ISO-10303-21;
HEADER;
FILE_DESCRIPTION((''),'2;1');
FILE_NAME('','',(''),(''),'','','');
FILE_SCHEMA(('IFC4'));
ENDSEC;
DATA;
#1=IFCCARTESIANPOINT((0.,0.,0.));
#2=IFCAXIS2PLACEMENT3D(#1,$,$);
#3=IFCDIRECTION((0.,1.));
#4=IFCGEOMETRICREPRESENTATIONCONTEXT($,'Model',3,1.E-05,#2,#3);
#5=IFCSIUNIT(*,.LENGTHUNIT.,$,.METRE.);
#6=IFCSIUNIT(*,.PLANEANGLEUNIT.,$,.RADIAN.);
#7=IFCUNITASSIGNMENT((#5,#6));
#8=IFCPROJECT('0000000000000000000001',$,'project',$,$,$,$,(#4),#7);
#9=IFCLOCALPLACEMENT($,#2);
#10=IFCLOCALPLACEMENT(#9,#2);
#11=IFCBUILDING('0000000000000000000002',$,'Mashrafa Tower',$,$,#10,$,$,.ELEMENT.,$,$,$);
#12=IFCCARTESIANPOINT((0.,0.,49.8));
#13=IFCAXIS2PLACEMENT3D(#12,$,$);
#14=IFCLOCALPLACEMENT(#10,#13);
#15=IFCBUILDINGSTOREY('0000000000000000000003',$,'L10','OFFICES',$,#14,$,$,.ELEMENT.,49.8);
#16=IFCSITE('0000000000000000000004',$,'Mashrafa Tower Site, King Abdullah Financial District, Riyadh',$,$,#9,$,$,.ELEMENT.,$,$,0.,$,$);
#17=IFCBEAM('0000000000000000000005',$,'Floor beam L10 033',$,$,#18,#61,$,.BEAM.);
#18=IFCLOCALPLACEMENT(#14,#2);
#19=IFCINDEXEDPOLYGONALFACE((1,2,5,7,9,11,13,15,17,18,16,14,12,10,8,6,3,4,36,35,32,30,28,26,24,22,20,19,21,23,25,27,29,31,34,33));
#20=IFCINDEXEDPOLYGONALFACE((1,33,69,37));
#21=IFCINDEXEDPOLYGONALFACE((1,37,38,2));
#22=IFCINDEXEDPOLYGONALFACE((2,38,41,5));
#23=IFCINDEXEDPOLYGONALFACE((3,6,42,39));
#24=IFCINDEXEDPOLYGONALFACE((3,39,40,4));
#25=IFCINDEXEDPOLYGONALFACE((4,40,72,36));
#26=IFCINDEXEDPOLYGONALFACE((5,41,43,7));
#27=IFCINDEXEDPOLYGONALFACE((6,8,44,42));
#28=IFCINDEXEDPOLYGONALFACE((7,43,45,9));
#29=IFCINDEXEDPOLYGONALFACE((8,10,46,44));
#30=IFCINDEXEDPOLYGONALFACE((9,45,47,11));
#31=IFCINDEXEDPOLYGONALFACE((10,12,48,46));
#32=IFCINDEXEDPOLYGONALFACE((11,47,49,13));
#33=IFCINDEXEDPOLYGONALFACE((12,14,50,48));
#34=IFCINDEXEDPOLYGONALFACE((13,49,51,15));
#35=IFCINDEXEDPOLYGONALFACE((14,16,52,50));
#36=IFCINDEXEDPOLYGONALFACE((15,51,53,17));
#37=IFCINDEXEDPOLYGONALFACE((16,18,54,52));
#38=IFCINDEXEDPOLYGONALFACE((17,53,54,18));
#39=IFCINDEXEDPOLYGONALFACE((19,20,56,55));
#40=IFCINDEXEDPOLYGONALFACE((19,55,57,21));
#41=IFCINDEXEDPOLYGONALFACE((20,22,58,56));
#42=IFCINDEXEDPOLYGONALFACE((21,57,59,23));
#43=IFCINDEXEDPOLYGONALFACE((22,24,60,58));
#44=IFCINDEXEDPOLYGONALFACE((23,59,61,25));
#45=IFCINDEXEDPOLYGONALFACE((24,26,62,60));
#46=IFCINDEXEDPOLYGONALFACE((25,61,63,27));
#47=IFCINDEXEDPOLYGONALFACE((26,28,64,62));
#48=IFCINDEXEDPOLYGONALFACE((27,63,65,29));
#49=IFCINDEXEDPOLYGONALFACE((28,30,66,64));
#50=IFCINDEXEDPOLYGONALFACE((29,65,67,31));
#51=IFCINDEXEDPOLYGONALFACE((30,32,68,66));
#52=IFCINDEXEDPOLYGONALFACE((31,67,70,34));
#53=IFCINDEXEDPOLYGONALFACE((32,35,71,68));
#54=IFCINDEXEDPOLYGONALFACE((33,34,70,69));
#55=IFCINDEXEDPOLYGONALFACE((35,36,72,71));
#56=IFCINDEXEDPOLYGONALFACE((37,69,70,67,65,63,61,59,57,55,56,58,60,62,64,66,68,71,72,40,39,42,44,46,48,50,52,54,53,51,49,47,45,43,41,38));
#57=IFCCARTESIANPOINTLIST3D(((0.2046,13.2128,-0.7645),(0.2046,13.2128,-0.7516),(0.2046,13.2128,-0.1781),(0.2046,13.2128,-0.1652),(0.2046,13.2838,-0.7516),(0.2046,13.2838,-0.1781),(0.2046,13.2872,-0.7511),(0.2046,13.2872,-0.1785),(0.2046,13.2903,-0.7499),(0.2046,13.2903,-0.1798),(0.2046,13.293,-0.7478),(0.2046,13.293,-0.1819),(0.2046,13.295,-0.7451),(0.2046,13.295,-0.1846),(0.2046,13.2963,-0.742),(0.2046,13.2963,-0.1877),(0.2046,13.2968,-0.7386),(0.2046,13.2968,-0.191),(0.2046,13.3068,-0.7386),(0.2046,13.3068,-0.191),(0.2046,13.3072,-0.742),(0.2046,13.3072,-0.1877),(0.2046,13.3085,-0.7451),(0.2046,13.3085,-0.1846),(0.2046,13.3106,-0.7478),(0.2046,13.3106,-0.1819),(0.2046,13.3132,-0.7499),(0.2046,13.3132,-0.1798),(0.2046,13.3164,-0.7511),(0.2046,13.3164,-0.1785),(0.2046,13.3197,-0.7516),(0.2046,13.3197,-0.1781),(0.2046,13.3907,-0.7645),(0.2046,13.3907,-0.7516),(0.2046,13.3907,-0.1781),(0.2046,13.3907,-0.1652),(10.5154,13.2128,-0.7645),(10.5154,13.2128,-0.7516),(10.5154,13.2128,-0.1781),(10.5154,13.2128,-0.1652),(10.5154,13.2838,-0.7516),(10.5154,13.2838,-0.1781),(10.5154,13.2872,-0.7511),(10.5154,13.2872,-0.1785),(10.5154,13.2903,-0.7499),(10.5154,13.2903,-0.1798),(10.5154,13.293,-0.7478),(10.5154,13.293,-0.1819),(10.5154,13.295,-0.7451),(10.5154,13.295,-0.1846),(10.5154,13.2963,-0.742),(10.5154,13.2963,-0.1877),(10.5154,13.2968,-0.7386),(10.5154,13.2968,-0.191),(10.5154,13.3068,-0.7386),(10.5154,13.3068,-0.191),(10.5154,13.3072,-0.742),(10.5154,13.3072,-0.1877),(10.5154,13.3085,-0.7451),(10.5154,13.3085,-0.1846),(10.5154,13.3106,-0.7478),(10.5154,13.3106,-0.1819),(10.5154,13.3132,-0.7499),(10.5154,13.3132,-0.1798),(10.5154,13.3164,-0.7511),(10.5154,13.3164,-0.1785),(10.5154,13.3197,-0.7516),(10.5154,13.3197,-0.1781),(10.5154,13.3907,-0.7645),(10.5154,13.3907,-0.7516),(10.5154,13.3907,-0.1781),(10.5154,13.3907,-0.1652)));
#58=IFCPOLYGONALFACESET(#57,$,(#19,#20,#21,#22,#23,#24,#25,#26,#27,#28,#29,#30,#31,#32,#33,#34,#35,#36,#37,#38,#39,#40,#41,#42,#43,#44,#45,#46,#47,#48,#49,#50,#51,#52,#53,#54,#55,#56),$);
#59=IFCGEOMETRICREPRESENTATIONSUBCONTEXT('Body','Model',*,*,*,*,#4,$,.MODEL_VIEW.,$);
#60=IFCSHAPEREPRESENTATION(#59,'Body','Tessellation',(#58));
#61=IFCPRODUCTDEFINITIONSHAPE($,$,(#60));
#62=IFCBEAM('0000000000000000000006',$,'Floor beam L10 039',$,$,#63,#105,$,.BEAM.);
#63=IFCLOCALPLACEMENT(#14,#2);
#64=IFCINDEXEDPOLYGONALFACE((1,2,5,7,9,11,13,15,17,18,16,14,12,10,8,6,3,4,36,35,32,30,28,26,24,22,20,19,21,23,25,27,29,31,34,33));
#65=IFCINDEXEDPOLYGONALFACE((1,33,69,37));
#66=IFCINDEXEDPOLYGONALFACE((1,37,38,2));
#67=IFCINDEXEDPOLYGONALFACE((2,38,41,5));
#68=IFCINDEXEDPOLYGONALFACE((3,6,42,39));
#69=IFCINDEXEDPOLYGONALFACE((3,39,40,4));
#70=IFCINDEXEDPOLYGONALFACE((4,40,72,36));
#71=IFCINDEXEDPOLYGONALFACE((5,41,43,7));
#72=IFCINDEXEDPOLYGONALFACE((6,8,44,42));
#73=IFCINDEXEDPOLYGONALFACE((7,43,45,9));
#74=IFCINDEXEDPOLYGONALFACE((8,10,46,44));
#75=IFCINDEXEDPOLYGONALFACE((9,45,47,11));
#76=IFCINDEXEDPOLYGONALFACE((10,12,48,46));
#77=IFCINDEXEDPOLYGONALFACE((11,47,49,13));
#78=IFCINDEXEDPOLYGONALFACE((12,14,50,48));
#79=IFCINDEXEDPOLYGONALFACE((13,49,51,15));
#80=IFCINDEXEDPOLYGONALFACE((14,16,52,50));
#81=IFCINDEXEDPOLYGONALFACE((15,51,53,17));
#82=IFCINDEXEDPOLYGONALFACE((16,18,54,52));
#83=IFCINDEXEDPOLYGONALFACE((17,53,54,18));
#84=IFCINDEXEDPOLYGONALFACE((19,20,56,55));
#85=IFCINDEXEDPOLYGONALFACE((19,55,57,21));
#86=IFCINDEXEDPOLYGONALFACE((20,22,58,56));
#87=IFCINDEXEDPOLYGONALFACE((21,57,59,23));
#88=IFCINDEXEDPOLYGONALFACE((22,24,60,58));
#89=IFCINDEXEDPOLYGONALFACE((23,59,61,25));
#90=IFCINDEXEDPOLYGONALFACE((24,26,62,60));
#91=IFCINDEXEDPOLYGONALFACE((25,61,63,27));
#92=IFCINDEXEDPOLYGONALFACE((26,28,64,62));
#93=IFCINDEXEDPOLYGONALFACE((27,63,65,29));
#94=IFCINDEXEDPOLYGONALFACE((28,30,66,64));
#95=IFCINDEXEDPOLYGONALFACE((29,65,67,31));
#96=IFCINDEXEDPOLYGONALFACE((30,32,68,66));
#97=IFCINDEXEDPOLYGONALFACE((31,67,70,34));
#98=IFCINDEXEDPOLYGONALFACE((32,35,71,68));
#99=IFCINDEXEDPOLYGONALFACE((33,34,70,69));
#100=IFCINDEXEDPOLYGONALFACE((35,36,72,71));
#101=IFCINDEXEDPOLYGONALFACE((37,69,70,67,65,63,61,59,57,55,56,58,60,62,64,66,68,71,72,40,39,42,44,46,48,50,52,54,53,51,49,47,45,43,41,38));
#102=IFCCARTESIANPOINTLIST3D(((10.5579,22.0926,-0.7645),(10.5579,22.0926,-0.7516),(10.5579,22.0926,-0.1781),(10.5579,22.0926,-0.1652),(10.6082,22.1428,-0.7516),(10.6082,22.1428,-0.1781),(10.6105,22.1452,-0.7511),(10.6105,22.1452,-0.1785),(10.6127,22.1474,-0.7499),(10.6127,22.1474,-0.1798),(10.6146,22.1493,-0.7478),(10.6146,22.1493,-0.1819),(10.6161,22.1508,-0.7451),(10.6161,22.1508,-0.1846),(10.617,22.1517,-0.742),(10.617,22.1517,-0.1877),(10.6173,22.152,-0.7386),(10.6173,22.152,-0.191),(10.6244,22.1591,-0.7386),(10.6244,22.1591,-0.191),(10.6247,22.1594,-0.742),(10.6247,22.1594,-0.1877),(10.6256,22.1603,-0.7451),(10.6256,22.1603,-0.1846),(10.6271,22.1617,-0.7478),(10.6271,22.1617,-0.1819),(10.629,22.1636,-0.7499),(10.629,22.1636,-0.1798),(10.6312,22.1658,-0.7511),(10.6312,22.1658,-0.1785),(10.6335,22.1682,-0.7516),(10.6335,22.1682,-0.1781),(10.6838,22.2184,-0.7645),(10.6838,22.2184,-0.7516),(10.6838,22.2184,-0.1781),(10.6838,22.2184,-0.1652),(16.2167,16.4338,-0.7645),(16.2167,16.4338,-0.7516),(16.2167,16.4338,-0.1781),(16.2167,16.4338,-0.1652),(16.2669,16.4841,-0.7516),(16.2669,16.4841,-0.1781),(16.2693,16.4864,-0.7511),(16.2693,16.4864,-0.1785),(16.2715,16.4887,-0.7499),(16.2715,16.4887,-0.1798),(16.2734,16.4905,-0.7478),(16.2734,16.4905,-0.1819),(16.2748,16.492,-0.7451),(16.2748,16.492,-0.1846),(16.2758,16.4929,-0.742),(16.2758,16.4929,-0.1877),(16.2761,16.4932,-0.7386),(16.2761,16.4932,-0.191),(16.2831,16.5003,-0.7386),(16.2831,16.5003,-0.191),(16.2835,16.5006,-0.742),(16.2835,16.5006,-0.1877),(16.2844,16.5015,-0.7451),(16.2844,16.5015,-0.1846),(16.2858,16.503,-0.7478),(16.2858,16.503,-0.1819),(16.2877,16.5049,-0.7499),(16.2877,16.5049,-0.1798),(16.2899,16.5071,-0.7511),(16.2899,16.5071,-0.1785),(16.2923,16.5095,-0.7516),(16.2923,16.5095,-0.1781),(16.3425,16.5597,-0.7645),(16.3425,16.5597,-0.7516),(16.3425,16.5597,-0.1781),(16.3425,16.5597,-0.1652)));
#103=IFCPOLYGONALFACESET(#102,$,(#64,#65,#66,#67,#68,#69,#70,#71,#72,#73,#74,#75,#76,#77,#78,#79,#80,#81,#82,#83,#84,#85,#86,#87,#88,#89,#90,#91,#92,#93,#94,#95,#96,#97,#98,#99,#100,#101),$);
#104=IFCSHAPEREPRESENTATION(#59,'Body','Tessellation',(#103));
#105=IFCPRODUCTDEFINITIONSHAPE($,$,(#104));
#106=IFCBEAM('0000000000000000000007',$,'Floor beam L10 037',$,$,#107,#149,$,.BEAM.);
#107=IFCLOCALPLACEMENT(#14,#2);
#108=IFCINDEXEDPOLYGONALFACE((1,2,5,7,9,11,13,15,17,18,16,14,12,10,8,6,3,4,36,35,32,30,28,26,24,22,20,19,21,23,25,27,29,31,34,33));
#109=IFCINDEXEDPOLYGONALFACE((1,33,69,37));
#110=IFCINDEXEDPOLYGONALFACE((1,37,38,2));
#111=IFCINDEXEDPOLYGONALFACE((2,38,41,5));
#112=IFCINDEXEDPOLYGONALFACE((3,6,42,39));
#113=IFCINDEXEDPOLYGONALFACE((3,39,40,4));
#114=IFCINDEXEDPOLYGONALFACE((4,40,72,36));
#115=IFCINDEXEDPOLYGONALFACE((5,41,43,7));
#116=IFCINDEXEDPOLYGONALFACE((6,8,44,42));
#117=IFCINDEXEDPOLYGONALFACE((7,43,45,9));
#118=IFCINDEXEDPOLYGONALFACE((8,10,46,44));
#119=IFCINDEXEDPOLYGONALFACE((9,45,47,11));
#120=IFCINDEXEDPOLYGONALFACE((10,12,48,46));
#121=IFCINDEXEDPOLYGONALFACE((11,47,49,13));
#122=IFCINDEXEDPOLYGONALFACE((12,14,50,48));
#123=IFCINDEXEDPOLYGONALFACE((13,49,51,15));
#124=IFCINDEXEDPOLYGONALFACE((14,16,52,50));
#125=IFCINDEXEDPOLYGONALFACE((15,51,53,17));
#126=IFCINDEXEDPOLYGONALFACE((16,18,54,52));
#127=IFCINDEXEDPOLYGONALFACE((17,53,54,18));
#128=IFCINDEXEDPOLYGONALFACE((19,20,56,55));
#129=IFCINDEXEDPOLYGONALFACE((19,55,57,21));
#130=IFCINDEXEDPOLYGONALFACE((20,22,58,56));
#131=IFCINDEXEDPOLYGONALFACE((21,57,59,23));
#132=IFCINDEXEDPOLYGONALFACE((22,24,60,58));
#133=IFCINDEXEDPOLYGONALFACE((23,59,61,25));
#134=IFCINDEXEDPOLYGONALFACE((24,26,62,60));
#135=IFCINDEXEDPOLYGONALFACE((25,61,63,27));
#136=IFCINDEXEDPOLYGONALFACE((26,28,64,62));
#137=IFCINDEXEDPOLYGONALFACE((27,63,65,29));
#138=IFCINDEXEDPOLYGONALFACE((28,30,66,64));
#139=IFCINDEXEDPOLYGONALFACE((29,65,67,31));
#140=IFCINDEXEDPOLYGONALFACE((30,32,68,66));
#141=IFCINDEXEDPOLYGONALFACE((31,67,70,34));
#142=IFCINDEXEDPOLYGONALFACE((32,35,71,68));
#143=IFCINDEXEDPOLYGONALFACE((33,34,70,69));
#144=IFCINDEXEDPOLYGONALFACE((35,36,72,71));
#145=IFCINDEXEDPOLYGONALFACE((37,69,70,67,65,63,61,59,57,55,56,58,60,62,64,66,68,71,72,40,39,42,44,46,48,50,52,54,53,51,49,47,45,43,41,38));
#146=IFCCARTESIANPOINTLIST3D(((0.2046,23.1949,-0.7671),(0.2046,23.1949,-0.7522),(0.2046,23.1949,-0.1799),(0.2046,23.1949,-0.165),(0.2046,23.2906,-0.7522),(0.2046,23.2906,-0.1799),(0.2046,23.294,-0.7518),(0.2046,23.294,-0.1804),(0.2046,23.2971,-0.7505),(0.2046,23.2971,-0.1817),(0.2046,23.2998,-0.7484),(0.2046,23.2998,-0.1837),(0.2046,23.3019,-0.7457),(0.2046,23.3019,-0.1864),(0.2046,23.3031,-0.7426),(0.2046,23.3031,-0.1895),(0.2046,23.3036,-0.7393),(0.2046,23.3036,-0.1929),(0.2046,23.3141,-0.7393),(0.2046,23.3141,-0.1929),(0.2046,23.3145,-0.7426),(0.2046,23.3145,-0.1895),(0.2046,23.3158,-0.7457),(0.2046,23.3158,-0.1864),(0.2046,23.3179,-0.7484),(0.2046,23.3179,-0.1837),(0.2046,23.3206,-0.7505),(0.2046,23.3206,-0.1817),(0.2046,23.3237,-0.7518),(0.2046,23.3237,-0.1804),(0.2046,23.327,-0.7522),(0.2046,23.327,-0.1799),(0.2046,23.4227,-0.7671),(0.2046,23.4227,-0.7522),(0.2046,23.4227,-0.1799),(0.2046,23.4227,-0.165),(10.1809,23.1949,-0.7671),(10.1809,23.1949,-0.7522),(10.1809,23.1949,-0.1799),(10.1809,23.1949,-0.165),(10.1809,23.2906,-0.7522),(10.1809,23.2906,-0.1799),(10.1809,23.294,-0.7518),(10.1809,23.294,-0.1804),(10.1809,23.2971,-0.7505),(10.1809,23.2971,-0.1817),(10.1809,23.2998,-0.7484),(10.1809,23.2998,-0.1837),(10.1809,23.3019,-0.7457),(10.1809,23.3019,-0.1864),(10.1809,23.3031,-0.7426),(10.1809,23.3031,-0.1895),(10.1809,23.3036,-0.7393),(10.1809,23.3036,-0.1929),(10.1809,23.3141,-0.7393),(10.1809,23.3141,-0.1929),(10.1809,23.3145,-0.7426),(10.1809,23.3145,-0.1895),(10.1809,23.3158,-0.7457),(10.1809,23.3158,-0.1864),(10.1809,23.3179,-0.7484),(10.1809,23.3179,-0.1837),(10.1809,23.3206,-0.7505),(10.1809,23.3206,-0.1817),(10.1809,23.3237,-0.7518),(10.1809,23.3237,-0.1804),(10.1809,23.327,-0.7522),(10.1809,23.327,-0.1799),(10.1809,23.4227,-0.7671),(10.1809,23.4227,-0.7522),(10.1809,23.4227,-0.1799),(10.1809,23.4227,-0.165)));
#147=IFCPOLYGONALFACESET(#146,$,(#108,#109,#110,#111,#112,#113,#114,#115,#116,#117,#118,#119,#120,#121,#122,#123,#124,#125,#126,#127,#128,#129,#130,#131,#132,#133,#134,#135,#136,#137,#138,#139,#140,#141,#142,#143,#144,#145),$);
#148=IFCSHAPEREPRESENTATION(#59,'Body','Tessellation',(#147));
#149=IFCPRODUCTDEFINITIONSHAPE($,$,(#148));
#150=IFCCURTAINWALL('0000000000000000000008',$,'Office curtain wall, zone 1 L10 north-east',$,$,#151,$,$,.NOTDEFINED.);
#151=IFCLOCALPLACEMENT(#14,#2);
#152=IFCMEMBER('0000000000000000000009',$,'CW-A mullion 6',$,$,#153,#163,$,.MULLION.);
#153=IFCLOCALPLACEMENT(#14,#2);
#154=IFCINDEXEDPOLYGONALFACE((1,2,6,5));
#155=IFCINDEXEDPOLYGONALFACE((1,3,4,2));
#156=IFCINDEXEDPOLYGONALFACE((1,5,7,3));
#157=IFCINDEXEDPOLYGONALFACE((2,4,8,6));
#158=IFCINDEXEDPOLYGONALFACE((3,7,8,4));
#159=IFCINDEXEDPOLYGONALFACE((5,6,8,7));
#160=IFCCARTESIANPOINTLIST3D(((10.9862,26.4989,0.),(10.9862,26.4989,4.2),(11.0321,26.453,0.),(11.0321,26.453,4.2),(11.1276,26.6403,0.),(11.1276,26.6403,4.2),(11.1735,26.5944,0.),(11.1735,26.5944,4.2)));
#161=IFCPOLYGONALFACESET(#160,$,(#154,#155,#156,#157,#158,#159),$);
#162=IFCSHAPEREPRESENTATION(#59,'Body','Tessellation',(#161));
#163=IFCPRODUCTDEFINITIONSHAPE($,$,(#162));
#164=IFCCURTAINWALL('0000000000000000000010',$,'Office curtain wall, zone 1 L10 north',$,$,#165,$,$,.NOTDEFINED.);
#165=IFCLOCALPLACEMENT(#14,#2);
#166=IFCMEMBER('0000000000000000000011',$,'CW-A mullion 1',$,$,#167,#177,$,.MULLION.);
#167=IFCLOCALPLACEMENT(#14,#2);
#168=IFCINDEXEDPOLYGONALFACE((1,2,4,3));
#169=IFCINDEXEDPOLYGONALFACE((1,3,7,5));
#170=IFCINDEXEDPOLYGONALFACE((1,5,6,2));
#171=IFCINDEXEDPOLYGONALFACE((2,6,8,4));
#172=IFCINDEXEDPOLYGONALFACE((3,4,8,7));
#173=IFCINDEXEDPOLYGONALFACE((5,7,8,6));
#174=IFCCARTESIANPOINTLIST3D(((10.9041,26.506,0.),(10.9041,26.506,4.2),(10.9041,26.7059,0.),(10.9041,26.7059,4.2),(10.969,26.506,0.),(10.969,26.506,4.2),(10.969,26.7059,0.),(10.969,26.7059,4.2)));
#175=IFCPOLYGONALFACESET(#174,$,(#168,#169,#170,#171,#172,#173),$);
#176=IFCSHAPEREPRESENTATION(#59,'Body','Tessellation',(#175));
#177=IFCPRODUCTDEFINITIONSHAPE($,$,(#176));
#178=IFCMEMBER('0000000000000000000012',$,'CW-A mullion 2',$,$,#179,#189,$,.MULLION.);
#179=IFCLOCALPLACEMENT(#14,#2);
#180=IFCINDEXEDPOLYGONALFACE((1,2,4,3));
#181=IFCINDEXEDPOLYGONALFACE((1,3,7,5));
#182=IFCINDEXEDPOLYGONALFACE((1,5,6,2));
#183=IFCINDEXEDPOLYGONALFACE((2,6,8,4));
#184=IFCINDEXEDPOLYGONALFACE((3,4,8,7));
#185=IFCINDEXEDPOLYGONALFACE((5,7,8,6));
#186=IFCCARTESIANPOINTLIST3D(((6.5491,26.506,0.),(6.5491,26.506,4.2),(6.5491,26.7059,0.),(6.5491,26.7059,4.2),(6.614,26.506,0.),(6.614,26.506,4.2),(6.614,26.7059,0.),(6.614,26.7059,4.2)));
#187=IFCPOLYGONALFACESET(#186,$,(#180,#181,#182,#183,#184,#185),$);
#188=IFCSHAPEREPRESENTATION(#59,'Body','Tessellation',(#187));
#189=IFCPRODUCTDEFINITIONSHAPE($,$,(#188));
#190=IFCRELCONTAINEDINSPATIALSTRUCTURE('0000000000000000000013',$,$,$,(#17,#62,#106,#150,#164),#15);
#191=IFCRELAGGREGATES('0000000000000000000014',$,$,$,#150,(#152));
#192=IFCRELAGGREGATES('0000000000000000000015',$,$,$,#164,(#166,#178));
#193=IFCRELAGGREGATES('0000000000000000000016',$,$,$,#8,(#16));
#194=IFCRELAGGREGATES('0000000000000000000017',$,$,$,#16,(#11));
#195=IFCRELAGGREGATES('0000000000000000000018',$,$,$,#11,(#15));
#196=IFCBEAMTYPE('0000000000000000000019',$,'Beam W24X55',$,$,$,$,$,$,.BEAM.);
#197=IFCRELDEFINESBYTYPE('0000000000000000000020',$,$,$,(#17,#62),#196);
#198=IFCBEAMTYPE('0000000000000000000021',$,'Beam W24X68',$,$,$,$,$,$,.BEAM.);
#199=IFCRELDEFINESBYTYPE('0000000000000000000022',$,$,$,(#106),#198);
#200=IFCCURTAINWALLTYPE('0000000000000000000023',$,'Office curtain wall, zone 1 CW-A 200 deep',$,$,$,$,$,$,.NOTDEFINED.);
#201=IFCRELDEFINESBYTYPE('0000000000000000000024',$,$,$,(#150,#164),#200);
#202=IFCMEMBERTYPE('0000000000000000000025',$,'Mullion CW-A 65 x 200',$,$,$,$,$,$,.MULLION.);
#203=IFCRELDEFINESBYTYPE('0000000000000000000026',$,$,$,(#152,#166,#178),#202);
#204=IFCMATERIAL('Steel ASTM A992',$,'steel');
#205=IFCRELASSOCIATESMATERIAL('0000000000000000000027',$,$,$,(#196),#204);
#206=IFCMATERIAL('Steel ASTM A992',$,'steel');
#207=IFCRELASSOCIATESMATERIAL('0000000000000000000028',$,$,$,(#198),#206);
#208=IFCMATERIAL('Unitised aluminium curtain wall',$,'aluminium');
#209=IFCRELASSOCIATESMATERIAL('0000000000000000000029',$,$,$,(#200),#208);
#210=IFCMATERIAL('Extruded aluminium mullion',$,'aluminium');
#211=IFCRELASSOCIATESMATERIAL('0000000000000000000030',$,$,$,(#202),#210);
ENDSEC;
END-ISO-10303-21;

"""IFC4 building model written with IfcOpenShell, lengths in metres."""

from ifc_helpers import new_model, si_unit, direction, frame, origin, origin_2d, place, context, subcontext, project, spatial, rectangle, i_section, extrude, source, transform, mapped, material, material_profile, profile_set, type_object, type_shapes, element, aggregate, save


model = new_model("IFC4")

# Units and contexts
model_context = context("Model", 3, precision=1e-05, world=origin(), true_north=direction((0.0, 1.0)))
body_context = subcontext(model_context, "Body", "Model", "MODEL_VIEW")
ifc_project = project(units=[si_unit("LENGTHUNIT", "METRE"), si_unit("PLANEANGLEUNIT", "RADIAN")], contexts=[model_context])

# Site, building, storey
site_placement = place(None, origin())
site = spatial("IfcSite", under=ifc_project, at=site_placement, Name="Mashrafa Tower Site, King Abdullah Financial District, Riyadh", CompositionType="ELEMENT", RefElevation=0.0)
building_placement = place(site_placement, origin())
building = spatial("IfcBuilding", under=site, at=building_placement, Name="Mashrafa Tower", CompositionType="ELEMENT")
storey_placement = place(building_placement, frame((0.0, 0.0, 49.8)))
storey = spatial("IfcBuildingStorey", under=building, at=storey_placement, Name="L10", Description="OFFICES", CompositionType="ELEMENT", Elevation=49.8)

# Beams
ifc_material_1 = material(Name="Steel ASTM A992", Category="steel")
ifc_material_profile_1 = material_profile(ifc_material_1, i_section(OverallWidth=0.178, OverallDepth=0.5994, WebThickness=0.01, FlangeThickness=0.0129, FilletRadius=0.0129, at=origin_2d()), Name="W24X55")
ifc_profile_set_1 = profile_set([ifc_material_profile_1], Name="Steel ASTM A992")
beam_type_1 = type_object("IfcBeamType", Name="Beam W24X55", PredefinedType="BEAM", material=ifc_profile_set_1)
beam_1_placement = place(storey_placement, frame((0.2046, 13.3018, -0.4648), z_axis=(1.0, 0.0, 0.0), x_axis=(0.0, 1.0, 0.0)))
element("IfcBeam", 1, at=beam_1_placement, inside=storey, type_object=beam_type_1, Name="Floor beam L10 033", PredefinedType="BEAM", context=body_context, shape_type="SweptSolid", body=[
    extrude(i_section(OverallWidth=0.178, OverallDepth=0.5994, WebThickness=0.01, FlangeThickness=0.0129, FilletRadius=0.0129, at=origin_2d()), origin(), (0.0, 0.0, 1.0), 10.3108),
])
beam_2_placement = place(storey_placement, frame((10.6208, 22.1555, -0.4648), z_axis=(0.707107, -0.707107, 0.0), x_axis=(0.707107, 0.707107, 0.0)))
element("IfcBeam", 2, at=beam_2_placement, inside=storey, type_object=beam_type_1, Name="Floor beam L10 039", PredefinedType="BEAM", context=body_context, shape_type="SweptSolid", body=[
    extrude(i_section(OverallWidth=0.178, OverallDepth=0.5994, WebThickness=0.01, FlangeThickness=0.0129, FilletRadius=0.0129, at=origin_2d()), origin(), (0.0, 0.0, 1.0), 8.0027),
])
ifc_material_2 = material(Name="Steel ASTM A992", Category="steel")
ifc_material_profile_2 = material_profile(ifc_material_2, i_section(OverallWidth=0.2278, OverallDepth=0.6021, WebThickness=0.0105, FlangeThickness=0.0149, FilletRadius=0.0129, at=origin_2d()), Name="W24X68")
ifc_profile_set_2 = profile_set([ifc_material_profile_2], Name="Steel ASTM A992")
beam_type_2 = type_object("IfcBeamType", Name="Beam W24X68", PredefinedType="BEAM", material=ifc_profile_set_2)
beam_3_placement = place(storey_placement, frame((0.2046, 23.3088, -0.4661), z_axis=(1.0, 0.0, 0.0), x_axis=(0.0, 1.0, 0.0)))
element("IfcBeam", 3, at=beam_3_placement, inside=storey, type_object=beam_type_2, Name="Floor beam L10 037", PredefinedType="BEAM", context=body_context, shape_type="SweptSolid", body=[
    extrude(i_section(OverallWidth=0.2278, OverallDepth=0.6021, WebThickness=0.0105, FlangeThickness=0.0149, FilletRadius=0.0129, at=origin_2d()), origin(), (0.0, 0.0, 1.0), 9.9763),
])

# Curtain wall, member
ifc_material_3 = material(Name="Unitised aluminium curtain wall", Category="aluminium")
curtain_wall_type = type_object("IfcCurtainWallType", Name="Office curtain wall, zone 1 CW-A 200 deep", PredefinedType="NOTDEFINED", material=ifc_material_3)
curtain_wall_1_placement = place(storey_placement, origin())
curtain_wall_1 = element("IfcCurtainWall", 4, at=curtain_wall_1_placement, inside=storey, type_object=curtain_wall_type, Name="Office curtain wall, zone 1 L10 north-east", PredefinedType="NOTDEFINED")
ifc_material_4 = material(Name="Extruded aluminium mullion", Category="aluminium")
ifc_material_profile_3 = material_profile(ifc_material_4, rectangle(XDim=0.2, YDim=0.0649, at=origin_2d()), Name="Mullion 65x200")
ifc_profile_set_3 = profile_set([ifc_material_profile_3], Name="Extruded aluminium mullion")
member_type_1 = type_object("IfcMemberType", Name="Mullion CW-A 65 x 200", PredefinedType="MULLION", material=ifc_profile_set_3)
shared_shape_1 = source(origin(), body_context, "Body", "SweptSolid", [
    extrude(rectangle(XDim=0.2, YDim=0.0649, at=origin_2d()), origin(), (0.0, 0.0, 1.0), 4.2),
])
type_shapes(member_type_1, [shared_shape_1])
member_1_placement = place(storey_placement, frame((11.0798, 26.5466, 0.0), z_axis=(0.0, 0.0, 1.0), x_axis=(-0.707107, -0.707107, 0.0)))
member_1 = element("IfcMember", 5, at=member_1_placement, type_object=member_type_1, Name="CW-A mullion 6", PredefinedType="MULLION", context=body_context, shape_type="MappedRepresentation", body=[
    mapped(shared_shape_1, transform((0.0, 0.0, 0.0))),
])

# Curtain wall, members
curtain_wall_2_placement = place(storey_placement, origin())
curtain_wall_2 = element("IfcCurtainWall", 6, at=curtain_wall_2_placement, inside=storey, type_object=curtain_wall_type, Name="Office curtain wall, zone 1 L10 north", PredefinedType="NOTDEFINED")
member_2_placement = place(storey_placement, frame((10.9365, 26.606, 0.0), z_axis=(0.0, 0.0, 1.0), x_axis=(0.0, -1.0, 0.0)))
member_2 = element("IfcMember", 7, at=member_2_placement, type_object=member_type_1, Name="CW-A mullion 1", PredefinedType="MULLION", context=body_context, shape_type="MappedRepresentation", body=[
    mapped(shared_shape_1, transform((0.0, 0.0, 0.0))),
])
member_3_placement = place(storey_placement, frame((6.5815, 26.606, 0.0), z_axis=(0.0, 0.0, 1.0), x_axis=(0.0, -1.0, 0.0)))
member_3 = element("IfcMember", 8, at=member_3_placement, type_object=member_type_1, Name="CW-A mullion 2", PredefinedType="MULLION", context=body_context, shape_type="MappedRepresentation", body=[
    mapped(shared_shape_1, transform((0.0, 0.0, 0.0))),
])

aggregate(curtain_wall_1, [member_1])
aggregate(curtain_wall_2, [member_2, member_3])

save(model, "model.ifc")
